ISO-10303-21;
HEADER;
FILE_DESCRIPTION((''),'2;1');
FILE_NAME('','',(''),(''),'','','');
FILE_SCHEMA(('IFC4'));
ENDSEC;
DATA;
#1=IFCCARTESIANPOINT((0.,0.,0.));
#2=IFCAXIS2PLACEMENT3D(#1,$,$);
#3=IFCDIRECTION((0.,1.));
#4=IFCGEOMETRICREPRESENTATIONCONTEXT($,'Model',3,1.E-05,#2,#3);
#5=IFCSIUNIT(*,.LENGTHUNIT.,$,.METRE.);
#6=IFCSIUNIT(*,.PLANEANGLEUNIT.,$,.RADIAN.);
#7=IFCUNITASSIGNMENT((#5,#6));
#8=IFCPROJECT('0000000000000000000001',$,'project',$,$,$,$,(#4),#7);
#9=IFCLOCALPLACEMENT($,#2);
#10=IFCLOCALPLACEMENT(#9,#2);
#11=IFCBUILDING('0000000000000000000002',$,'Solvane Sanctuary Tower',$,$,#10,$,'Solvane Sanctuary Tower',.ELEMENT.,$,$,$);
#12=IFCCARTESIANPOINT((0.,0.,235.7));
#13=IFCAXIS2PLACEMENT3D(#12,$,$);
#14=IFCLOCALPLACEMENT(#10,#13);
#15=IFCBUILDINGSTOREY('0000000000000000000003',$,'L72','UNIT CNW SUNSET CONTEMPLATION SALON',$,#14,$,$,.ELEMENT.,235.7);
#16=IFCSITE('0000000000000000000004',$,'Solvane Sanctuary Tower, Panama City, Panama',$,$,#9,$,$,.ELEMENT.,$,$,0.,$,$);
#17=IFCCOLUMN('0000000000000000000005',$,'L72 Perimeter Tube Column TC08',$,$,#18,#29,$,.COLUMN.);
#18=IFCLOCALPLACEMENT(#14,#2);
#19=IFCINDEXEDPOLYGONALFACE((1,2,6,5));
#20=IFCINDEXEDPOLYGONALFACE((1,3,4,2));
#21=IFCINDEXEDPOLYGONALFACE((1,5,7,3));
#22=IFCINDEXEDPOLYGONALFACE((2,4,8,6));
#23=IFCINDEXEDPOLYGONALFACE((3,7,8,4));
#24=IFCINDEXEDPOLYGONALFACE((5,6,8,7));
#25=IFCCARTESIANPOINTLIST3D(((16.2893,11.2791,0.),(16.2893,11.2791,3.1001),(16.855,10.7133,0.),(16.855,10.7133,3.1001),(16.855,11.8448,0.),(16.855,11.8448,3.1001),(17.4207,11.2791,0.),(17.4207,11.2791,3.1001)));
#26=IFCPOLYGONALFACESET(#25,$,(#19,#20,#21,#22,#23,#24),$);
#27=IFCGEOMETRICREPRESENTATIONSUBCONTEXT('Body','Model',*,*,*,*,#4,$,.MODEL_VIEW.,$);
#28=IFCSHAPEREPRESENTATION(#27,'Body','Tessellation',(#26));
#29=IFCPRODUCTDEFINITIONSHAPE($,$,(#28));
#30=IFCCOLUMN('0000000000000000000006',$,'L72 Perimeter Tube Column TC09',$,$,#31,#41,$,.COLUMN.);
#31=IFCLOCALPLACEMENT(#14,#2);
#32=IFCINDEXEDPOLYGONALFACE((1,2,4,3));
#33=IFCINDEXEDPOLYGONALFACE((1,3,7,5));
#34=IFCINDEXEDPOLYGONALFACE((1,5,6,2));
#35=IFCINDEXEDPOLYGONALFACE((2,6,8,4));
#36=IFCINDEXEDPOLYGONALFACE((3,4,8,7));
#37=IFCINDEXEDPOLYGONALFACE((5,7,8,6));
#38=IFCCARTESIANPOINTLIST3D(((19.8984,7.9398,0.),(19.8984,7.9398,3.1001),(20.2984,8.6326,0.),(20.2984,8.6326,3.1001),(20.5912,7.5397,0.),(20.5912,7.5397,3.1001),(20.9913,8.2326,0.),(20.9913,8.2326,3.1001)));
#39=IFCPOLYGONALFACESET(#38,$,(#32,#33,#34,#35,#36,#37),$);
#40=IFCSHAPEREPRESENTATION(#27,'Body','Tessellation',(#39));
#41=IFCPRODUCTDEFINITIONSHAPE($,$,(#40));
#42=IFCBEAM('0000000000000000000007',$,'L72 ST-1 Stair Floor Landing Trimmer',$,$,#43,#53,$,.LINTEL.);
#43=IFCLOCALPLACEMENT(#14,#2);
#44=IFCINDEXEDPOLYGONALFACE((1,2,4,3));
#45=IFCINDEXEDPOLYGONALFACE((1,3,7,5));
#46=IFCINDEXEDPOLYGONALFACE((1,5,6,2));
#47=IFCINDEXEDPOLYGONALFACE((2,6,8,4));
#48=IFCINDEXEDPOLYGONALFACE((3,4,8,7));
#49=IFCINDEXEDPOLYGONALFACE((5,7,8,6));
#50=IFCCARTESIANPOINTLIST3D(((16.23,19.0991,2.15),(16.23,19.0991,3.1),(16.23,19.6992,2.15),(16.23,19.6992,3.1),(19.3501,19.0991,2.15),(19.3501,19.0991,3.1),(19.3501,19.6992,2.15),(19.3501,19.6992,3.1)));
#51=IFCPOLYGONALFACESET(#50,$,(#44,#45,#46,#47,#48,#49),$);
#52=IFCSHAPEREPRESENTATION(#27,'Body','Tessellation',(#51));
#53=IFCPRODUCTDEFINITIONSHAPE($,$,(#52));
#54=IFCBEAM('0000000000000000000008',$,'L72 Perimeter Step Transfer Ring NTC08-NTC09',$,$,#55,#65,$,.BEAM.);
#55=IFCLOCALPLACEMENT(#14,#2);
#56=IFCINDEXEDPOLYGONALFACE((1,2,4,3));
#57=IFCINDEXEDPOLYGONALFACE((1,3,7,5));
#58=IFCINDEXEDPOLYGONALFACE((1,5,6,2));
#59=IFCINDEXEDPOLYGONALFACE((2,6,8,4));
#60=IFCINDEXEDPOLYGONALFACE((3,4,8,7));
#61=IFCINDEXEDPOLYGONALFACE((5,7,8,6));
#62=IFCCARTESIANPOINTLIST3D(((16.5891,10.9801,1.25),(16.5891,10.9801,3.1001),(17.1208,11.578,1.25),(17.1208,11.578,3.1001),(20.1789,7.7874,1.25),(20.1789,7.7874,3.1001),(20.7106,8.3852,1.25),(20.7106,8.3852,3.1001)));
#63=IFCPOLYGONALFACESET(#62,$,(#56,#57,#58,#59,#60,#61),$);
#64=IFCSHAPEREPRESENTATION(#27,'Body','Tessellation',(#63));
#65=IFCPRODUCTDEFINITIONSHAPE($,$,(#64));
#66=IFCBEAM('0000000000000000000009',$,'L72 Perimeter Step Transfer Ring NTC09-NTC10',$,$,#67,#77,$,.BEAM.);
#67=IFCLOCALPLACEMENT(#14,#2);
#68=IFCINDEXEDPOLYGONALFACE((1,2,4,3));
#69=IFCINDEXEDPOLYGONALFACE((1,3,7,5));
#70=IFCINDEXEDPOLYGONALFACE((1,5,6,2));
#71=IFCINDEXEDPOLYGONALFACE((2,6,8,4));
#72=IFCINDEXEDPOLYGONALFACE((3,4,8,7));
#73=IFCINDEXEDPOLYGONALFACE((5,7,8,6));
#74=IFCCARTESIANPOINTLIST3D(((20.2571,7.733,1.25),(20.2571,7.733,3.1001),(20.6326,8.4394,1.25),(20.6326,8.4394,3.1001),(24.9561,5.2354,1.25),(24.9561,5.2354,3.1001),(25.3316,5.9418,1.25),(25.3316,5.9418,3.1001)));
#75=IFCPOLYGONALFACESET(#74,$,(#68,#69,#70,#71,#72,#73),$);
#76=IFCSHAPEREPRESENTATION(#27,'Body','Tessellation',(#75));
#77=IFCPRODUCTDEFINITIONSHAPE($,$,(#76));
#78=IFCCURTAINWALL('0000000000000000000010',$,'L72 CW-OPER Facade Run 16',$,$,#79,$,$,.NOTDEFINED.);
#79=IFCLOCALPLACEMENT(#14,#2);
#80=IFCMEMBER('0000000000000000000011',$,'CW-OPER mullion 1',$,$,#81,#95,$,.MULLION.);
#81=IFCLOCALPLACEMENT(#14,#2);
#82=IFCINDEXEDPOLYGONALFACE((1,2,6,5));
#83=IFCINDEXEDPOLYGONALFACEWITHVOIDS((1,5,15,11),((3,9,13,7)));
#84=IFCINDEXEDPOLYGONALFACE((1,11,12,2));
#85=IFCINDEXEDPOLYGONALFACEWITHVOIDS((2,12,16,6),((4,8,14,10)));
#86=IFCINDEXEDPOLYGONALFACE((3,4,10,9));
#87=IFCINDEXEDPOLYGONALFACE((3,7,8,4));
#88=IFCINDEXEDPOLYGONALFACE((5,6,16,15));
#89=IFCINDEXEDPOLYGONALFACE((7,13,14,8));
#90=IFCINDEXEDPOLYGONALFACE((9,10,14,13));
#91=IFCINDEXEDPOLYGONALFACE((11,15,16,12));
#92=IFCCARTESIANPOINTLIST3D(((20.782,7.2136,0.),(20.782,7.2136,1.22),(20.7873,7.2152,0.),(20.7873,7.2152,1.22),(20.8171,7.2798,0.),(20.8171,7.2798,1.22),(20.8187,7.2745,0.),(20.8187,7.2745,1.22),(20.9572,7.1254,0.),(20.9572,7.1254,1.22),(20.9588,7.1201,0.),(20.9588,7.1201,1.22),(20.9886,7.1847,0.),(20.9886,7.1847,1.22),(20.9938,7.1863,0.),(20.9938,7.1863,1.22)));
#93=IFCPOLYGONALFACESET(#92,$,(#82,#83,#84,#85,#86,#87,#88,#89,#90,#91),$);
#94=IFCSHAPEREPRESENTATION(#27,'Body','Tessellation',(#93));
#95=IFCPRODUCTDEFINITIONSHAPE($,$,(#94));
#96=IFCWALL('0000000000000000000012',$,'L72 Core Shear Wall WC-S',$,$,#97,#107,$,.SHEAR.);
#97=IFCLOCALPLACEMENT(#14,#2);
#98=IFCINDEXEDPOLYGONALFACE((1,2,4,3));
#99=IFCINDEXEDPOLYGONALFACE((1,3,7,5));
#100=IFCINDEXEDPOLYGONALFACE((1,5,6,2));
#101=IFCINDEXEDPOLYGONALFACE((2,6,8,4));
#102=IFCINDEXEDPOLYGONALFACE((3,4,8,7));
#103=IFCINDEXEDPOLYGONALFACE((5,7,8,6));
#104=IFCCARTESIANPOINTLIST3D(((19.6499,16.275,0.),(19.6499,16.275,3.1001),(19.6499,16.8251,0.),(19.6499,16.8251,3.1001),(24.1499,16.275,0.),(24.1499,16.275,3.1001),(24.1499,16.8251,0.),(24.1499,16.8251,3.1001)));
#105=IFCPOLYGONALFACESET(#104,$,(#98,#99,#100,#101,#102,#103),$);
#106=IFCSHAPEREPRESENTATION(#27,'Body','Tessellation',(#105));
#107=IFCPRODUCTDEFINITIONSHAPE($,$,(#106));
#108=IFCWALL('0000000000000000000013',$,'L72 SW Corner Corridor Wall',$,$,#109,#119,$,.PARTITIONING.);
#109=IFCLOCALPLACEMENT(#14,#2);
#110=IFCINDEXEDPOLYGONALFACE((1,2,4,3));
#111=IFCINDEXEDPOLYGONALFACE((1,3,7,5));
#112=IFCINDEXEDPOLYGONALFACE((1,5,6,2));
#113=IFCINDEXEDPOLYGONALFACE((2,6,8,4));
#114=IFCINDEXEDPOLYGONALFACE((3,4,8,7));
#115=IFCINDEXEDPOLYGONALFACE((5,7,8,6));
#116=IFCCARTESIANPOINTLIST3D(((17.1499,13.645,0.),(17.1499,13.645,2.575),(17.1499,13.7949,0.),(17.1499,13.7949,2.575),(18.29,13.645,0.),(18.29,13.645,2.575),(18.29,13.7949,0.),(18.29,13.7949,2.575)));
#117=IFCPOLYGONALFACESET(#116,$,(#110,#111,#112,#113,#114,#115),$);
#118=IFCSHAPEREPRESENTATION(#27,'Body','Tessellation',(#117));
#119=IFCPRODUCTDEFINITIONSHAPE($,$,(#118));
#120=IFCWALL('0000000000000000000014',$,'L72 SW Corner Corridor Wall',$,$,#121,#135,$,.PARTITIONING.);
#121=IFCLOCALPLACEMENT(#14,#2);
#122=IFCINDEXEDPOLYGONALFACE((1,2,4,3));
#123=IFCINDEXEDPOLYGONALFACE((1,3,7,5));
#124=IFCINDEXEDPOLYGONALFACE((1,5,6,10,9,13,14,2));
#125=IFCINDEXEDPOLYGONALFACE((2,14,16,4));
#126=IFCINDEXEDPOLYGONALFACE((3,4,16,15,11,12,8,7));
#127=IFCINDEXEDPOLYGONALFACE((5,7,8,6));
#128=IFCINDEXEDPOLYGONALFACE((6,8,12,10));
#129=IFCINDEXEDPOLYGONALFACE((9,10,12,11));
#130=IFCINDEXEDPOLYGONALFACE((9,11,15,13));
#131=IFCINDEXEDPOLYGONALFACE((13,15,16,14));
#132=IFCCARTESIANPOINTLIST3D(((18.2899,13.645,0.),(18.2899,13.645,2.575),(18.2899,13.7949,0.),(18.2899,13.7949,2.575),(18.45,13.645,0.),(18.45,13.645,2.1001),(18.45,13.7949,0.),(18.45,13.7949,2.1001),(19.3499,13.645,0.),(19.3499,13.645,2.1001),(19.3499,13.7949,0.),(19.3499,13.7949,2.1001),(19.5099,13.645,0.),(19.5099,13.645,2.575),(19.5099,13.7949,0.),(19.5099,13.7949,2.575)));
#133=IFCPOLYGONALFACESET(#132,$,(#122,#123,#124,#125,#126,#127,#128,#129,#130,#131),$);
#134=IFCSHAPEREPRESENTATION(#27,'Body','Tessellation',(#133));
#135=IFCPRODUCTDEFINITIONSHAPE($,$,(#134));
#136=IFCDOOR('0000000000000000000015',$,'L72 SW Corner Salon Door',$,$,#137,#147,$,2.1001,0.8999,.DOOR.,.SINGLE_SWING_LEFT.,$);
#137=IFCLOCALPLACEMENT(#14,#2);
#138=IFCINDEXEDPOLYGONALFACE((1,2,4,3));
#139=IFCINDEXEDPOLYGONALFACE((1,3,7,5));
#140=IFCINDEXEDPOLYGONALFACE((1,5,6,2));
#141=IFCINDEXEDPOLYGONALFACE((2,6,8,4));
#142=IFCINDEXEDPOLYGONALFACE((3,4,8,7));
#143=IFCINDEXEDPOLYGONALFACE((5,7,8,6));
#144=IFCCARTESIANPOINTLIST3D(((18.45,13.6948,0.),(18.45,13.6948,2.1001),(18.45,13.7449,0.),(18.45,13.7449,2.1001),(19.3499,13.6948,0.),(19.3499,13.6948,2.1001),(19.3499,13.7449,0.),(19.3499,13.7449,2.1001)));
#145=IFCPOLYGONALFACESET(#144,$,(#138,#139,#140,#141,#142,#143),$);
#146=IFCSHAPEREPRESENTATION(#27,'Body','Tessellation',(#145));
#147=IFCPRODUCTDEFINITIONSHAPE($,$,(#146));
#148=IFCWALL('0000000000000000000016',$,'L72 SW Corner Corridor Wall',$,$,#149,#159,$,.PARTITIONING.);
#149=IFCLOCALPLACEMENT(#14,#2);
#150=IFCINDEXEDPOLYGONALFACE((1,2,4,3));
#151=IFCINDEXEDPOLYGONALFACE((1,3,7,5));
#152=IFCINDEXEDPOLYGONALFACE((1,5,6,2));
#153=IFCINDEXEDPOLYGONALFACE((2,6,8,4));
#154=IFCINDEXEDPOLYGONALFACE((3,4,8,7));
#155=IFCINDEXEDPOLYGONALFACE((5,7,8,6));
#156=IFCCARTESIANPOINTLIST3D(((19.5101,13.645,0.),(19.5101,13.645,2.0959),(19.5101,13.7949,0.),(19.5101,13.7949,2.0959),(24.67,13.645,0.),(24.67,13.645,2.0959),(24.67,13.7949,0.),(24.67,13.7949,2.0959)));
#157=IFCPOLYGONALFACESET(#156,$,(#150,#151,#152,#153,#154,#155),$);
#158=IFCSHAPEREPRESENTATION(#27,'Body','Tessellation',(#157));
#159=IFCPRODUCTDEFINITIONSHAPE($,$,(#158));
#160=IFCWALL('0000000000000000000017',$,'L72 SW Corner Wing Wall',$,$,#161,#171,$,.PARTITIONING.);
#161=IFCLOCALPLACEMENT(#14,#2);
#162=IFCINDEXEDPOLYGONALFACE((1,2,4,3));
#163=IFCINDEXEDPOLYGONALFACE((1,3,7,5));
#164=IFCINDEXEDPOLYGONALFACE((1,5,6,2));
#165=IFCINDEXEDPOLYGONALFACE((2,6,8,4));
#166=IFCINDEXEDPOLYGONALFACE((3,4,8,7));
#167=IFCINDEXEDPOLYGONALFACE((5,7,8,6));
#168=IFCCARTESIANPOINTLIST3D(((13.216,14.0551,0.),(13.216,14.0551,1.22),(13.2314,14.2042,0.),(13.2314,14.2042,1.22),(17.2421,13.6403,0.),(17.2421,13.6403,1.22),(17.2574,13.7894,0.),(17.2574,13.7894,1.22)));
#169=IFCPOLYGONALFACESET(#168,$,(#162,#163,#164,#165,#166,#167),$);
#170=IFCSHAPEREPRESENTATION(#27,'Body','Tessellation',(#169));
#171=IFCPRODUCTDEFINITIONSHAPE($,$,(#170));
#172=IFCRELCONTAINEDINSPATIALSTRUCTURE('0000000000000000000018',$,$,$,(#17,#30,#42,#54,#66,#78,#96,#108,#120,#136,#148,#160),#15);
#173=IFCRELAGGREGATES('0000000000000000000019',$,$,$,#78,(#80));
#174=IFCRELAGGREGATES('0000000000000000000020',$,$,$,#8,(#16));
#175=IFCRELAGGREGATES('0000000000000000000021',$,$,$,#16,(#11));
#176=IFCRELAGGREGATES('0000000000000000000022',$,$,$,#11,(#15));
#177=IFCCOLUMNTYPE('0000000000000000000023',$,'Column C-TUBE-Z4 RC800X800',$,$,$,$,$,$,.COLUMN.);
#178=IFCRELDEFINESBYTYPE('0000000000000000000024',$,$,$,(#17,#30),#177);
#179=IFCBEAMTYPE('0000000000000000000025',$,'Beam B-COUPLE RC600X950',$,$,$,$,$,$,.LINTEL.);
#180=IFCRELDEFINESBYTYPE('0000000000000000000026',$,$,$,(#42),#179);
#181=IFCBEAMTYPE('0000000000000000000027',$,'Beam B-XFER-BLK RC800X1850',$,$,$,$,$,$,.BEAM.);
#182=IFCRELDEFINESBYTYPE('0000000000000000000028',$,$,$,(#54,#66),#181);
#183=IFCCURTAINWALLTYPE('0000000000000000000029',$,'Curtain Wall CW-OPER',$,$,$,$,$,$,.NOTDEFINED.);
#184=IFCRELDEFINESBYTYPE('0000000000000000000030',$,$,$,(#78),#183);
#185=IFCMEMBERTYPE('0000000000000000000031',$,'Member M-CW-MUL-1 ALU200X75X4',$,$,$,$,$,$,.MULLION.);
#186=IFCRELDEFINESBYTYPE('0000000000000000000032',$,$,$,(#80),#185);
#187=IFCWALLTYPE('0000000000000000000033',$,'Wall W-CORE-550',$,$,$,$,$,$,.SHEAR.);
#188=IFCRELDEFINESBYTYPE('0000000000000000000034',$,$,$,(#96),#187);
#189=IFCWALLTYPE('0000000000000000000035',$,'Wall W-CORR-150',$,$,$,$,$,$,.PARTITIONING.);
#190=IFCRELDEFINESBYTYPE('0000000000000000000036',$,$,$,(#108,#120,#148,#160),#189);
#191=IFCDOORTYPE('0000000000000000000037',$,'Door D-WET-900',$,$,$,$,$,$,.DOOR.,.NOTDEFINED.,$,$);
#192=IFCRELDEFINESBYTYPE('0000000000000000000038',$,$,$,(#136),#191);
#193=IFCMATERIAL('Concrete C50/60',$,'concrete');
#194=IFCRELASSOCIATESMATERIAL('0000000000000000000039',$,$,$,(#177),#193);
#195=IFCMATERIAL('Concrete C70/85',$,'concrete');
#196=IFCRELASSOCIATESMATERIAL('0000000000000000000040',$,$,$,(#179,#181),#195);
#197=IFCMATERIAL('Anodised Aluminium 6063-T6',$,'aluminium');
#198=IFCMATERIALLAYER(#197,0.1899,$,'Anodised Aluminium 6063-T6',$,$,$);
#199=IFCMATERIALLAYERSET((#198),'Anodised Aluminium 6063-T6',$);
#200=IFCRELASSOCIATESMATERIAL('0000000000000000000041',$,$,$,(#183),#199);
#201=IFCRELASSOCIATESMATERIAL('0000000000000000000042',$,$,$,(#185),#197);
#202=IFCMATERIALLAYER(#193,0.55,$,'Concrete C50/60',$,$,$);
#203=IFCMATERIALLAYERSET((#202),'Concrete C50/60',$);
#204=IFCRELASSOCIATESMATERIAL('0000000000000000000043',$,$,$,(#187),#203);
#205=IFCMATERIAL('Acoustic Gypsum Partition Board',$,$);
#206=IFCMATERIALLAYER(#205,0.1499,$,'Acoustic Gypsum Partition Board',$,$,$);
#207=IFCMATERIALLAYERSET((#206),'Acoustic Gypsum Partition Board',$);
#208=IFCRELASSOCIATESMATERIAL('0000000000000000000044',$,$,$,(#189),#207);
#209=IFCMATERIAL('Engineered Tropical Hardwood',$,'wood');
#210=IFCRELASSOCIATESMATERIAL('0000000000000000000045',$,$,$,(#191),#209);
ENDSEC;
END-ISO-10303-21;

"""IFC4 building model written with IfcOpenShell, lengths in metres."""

from ifc_helpers import new_model, si_unit, direction, frame, frame_2d, origin, origin_2d, place, context, subcontext, project, spatial, rectangle, hollow_rectangle, extrude, material, layer, layer_set, material_profile, profile_set, type_object, element, fill, aggregate, save


model = new_model("IFC4")

# Units and contexts
model_context = context("Model", 3, precision=1e-05, world=origin(), true_north=direction((0.0, 1.0)))
body_context = subcontext(model_context, "Body", "Model", "MODEL_VIEW")
ifc_project = project(units=[si_unit("LENGTHUNIT", "METRE"), si_unit("PLANEANGLEUNIT", "RADIAN")], contexts=[model_context])

# Site, building, storey
site_placement = place(None, origin())
site = spatial("IfcSite", under=ifc_project, at=site_placement, Name="Solvane Sanctuary Tower, Panama City, Panama", CompositionType="ELEMENT", RefElevation=0.0)
building_placement = place(site_placement, origin())
building = spatial("IfcBuilding", under=site, at=building_placement, Name="Solvane Sanctuary Tower", LongName="Solvane Sanctuary Tower", CompositionType="ELEMENT")
storey_placement = place(building_placement, frame((0.0, 0.0, 235.7)))
storey = spatial("IfcBuildingStorey", under=building, at=storey_placement, Name="L72", Description="UNIT CNW SUNSET CONTEMPLATION SALON", CompositionType="ELEMENT", Elevation=235.7)

# Columns
ifc_material_1 = material(Name="Concrete C50/60", Category="concrete")
ifc_material_profile_1 = material_profile(ifc_material_1, rectangle(XDim=0.8, YDim=0.8, at=origin_2d()), Name="RC800X800")
ifc_profile_set_1 = profile_set([ifc_material_profile_1], Name="Concrete C50/60")
column_type = type_object("IfcColumnType", Name="Column C-TUBE-Z4 RC800X800", PredefinedType="COLUMN", material=ifc_profile_set_1)
for number, where, z_axis, x_axis, name in (
    (1, (16.855, 11.2791, 0.0), (0.0, 0.0, 1.0), (-0.707107, -0.707107, 0.0), "L72 Perimeter Tube Column TC08"),
    (2, (20.4448, 8.0862, 0.0), (0.0, 0.0, 1.0), (-0.5, -0.866025, 0.0), "L72 Perimeter Tube Column TC09"),
):
    element("IfcColumn", number, at=place(storey_placement, frame(where, z_axis=z_axis, x_axis=x_axis)), inside=storey, type_object=column_type, Name=name, PredefinedType="COLUMN", context=body_context, shape_type="SweptSolid", body=[
        extrude(rectangle(XDim=0.8, YDim=0.8, at=origin_2d()), origin(), (0.0, 0.0, 1.0), 3.1001),
    ])

# Beams
ifc_material_2 = material(Name="Concrete C70/85", Category="concrete")
ifc_material_profile_2 = material_profile(ifc_material_2, rectangle(XDim=0.6001, YDim=0.95, at=origin_2d()), Name="RC600X950")
ifc_profile_set_2 = profile_set([ifc_material_profile_2], Name="Concrete C70/85")
beam_type_1 = type_object("IfcBeamType", Name="Beam B-COUPLE RC600X950", PredefinedType="LINTEL", material=ifc_profile_set_2)
beam_1_placement = place(storey_placement, frame((16.23, 19.3992, 2.625), z_axis=(1.0, 0.0, 0.0), x_axis=(0.0, 1.0, 0.0)))
element("IfcBeam", 3, at=beam_1_placement, inside=storey, type_object=beam_type_1, Name="L72 ST-1 Stair Floor Landing Trimmer", PredefinedType="LINTEL", context=body_context, shape_type="SweptSolid", body=[
    extrude(rectangle(XDim=0.6001, YDim=0.95, at=origin_2d()), origin(), (0.0, 0.0, 1.0), 3.1201),
])
ifc_material_profile_3 = material_profile(ifc_material_2, rectangle(XDim=0.8, YDim=1.8501, at=origin_2d()), Name="RC800X1850")
ifc_profile_set_3 = profile_set([ifc_material_profile_3], Name="Concrete C70/85")
beam_type_2 = type_object("IfcBeamType", Name="Beam B-XFER-BLK RC800X1850", PredefinedType="BEAM", material=ifc_profile_set_3)
beam_2_placement = place(storey_placement, frame((16.855, 11.2791, 2.175), z_axis=(0.747213, -0.664585, 0.0), x_axis=(0.664585, 0.747213, 0.0)))
element("IfcBeam", 4, at=beam_2_placement, inside=storey, type_object=beam_type_2, Name="L72 Perimeter Step Transfer Ring NTC08-NTC09", PredefinedType="BEAM", context=body_context, shape_type="SweptSolid", body=[
    extrude(rectangle(XDim=0.8, YDim=1.8501, at=origin_2d()), origin(), (0.0, 0.0, 1.0), 4.8042),
])
beam_3_placement = place(storey_placement, frame((20.4448, 8.0862, 2.175), z_axis=(0.88302, -0.469335, 0.0), x_axis=(0.469335, 0.88302, 0.0)))
element("IfcBeam", 5, at=beam_3_placement, inside=storey, type_object=beam_type_2, Name="L72 Perimeter Step Transfer Ring NTC09-NTC10", PredefinedType="BEAM", context=body_context, shape_type="SweptSolid", body=[
    extrude(rectangle(XDim=0.8, YDim=1.8501, at=origin_2d()), origin(), (0.0, 0.0, 1.0), 5.3215),
])

# Curtain wall, member
ifc_material_3 = material(Name="Anodised Aluminium 6063-T6", Category="aluminium")
ifc_layer_1 = layer(ifc_material_3, 0.1899, Name="Anodised Aluminium 6063-T6")
ifc_layer_set_1 = layer_set([ifc_layer_1], Name="Anodised Aluminium 6063-T6")
curtain_wall_type = type_object("IfcCurtainWallType", Name="Curtain Wall CW-OPER", PredefinedType="NOTDEFINED", material=ifc_layer_set_1)
curtain_wall_placement = place(storey_placement, origin())
curtain_wall = element("IfcCurtainWall", 6, at=curtain_wall_placement, inside=storey, type_object=curtain_wall_type, Name="L72 CW-OPER Facade Run 16", PredefinedType="NOTDEFINED")
ifc_material_profile_4 = material_profile(ifc_material_3, hollow_rectangle(XDim=0.075, YDim=0.2, WallThickness=0.0039, at=origin_2d()), Name="ALU200X75X4")
ifc_profile_set_4 = profile_set([ifc_material_profile_4], Name="Anodised Aluminium 6063-T6")
member_type = type_object("IfcMemberType", Name="Member M-CW-MUL-1 ALU200X75X4", PredefinedType="MULLION", material=ifc_profile_set_4)
member_placement = place(storey_placement, frame((20.8879, 7.2, 0.0), z_axis=(0.0, 0.0, 1.0), x_axis=(0.467523, 0.883981, 0.0)))
member = element("IfcMember", 7, at=member_placement, type_object=member_type, Name="CW-OPER mullion 1", PredefinedType="MULLION", context=body_context, shape_type="SweptSolid", body=[
    extrude(hollow_rectangle(XDim=0.075, YDim=0.2, WallThickness=0.0039, at=origin_2d()), origin(), (0.0, 0.0, 1.0), 1.22),
])
aggregate(curtain_wall, [member])

# Walls
ifc_layer_2 = layer(ifc_material_1, 0.55, Name="Concrete C50/60")
ifc_layer_set_2 = layer_set([ifc_layer_2], Name="Concrete C50/60")
wall_type_1 = type_object("IfcWallType", Name="Wall W-CORE-550", PredefinedType="SHEAR", material=ifc_layer_set_2)
wall_1_placement = place(storey_placement, frame((19.6499, 16.55, 0.0), z_axis=(0.0, 0.0, 1.0), x_axis=(1.0, 0.0, 0.0)))
element("IfcWall", 8, at=wall_1_placement, inside=storey, type_object=wall_type_1, Name="L72 Core Shear Wall WC-S", PredefinedType="SHEAR", context=body_context, shape_type="SweptSolid", body=[
    extrude(rectangle(XDim=4.5, YDim=0.55, at=frame_2d((2.25, 0.0))), origin(), (0.0, 0.0, 1.0), 3.1001),
])
ifc_material_4 = material(Name="Acoustic Gypsum Partition Board")
ifc_layer_3 = layer(ifc_material_4, 0.1499, Name="Acoustic Gypsum Partition Board")
ifc_layer_set_3 = layer_set([ifc_layer_3], Name="Acoustic Gypsum Partition Board")
wall_type_2 = type_object("IfcWallType", Name="Wall W-CORR-150", PredefinedType="PARTITIONING", material=ifc_layer_set_3)
wall_2_placement = place(storey_placement, frame((17.1499, 13.72, 0.0), z_axis=(0.0, 0.0, 1.0), x_axis=(1.0, 0.0, 0.0)))
element("IfcWall", 9, at=wall_2_placement, inside=storey, type_object=wall_type_2, Name="L72 SW Corner Corridor Wall", PredefinedType="PARTITIONING", context=body_context, shape_type="SweptSolid", body=[
    extrude(rectangle(XDim=1.1401, YDim=0.1499, at=frame_2d((0.5701, 0.0))), origin(), (0.0, 0.0, 1.0), 2.575),
])

# Wall, opening, door
wall_3_placement = place(storey_placement, frame((18.29, 13.72, 0.0), z_axis=(0.0, 0.0, 1.0), x_axis=(1.0, 0.0, 0.0)))
wall_3 = element("IfcWall", 10, at=wall_3_placement, inside=storey, type_object=wall_type_2, Name="L72 SW Corner Corridor Wall", PredefinedType="PARTITIONING", context=body_context, shape_type="SweptSolid", body=[
    extrude(rectangle(XDim=1.22, YDim=0.1499, at=frame_2d((0.6099, 0.0))), origin(), (0.0, 0.0, 1.0), 2.575),
])
opening_1_placement = place(wall_3_placement, frame((0.1599, 0.0, 0.0)))
opening_1 = element("IfcOpeningElement", 11, at=opening_1_placement, cuts=wall_3, PredefinedType="OPENING", context=body_context, shape_type="SweptSolid", body=[
    extrude(rectangle(XDim=0.8999, YDim=2.1001, at=frame_2d((0.45, 1.05))), frame((0.0, 0.085, 0.0), z_axis=(0.0, -1.0, 0.0), x_axis=(1.0, 0.0, 0.0)), (0.0, 0.0, 1.0), 0.1699),
])
ifc_material_5 = material(Name="Engineered Tropical Hardwood", Category="wood")
door_type_1 = type_object("IfcDoorType", Name="Door D-WET-900", OperationType="NOTDEFINED", PredefinedType="DOOR", material=ifc_material_5)
door_1_placement = place(opening_1_placement, origin())
door_1 = element("IfcDoor", 12, at=door_1_placement, inside=storey, type_object=door_type_1, Name="L72 SW Corner Salon Door", OperationType="SINGLE_SWING_LEFT", OverallHeight=2.1001, OverallWidth=0.8999, PredefinedType="DOOR", context=body_context, shape_type="SweptSolid", body=[
    extrude(rectangle(XDim=0.8999, YDim=2.1001, at=frame_2d((0.45, 1.05))), frame((0.0, 0.0249, 0.0), z_axis=(0.0, -1.0, 0.0), x_axis=(1.0, 0.0, 0.0)), (0.0, 0.0, 1.0), 0.05),
])
fill(opening_1, door_1)

# Walls
wall_4_placement = place(storey_placement, frame((19.51, 13.72, 0.0), z_axis=(0.0, 0.0, 1.0), x_axis=(1.0, 0.0, 0.0)))
element("IfcWall", 13, at=wall_4_placement, inside=storey, type_object=wall_type_2, Name="L72 SW Corner Corridor Wall", PredefinedType="PARTITIONING", context=body_context, shape_type="SweptSolid", body=[
    extrude(rectangle(XDim=5.1599, YDim=0.1499, at=frame_2d((2.5801, 0.0))), origin(), (0.0, 0.0, 1.0), 2.0959),
])
wall_5_placement = place(storey_placement, frame((17.2498, 13.7148, 0.0), z_axis=(0.0, 0.0, 1.0), x_axis=(-0.994735, 0.102483, 0.0)))
element("IfcWall", 14, at=wall_5_placement, inside=storey, type_object=wall_type_2, Name="L72 SW Corner Wing Wall", PredefinedType="PARTITIONING", context=body_context, shape_type="SweptSolid", body=[
    extrude(rectangle(XDim=4.0474, YDim=0.1499, at=frame_2d((2.0237, 0.0))), origin(), (0.0, 0.0, 1.0), 1.22),
])

save(model, "model.ifc")
